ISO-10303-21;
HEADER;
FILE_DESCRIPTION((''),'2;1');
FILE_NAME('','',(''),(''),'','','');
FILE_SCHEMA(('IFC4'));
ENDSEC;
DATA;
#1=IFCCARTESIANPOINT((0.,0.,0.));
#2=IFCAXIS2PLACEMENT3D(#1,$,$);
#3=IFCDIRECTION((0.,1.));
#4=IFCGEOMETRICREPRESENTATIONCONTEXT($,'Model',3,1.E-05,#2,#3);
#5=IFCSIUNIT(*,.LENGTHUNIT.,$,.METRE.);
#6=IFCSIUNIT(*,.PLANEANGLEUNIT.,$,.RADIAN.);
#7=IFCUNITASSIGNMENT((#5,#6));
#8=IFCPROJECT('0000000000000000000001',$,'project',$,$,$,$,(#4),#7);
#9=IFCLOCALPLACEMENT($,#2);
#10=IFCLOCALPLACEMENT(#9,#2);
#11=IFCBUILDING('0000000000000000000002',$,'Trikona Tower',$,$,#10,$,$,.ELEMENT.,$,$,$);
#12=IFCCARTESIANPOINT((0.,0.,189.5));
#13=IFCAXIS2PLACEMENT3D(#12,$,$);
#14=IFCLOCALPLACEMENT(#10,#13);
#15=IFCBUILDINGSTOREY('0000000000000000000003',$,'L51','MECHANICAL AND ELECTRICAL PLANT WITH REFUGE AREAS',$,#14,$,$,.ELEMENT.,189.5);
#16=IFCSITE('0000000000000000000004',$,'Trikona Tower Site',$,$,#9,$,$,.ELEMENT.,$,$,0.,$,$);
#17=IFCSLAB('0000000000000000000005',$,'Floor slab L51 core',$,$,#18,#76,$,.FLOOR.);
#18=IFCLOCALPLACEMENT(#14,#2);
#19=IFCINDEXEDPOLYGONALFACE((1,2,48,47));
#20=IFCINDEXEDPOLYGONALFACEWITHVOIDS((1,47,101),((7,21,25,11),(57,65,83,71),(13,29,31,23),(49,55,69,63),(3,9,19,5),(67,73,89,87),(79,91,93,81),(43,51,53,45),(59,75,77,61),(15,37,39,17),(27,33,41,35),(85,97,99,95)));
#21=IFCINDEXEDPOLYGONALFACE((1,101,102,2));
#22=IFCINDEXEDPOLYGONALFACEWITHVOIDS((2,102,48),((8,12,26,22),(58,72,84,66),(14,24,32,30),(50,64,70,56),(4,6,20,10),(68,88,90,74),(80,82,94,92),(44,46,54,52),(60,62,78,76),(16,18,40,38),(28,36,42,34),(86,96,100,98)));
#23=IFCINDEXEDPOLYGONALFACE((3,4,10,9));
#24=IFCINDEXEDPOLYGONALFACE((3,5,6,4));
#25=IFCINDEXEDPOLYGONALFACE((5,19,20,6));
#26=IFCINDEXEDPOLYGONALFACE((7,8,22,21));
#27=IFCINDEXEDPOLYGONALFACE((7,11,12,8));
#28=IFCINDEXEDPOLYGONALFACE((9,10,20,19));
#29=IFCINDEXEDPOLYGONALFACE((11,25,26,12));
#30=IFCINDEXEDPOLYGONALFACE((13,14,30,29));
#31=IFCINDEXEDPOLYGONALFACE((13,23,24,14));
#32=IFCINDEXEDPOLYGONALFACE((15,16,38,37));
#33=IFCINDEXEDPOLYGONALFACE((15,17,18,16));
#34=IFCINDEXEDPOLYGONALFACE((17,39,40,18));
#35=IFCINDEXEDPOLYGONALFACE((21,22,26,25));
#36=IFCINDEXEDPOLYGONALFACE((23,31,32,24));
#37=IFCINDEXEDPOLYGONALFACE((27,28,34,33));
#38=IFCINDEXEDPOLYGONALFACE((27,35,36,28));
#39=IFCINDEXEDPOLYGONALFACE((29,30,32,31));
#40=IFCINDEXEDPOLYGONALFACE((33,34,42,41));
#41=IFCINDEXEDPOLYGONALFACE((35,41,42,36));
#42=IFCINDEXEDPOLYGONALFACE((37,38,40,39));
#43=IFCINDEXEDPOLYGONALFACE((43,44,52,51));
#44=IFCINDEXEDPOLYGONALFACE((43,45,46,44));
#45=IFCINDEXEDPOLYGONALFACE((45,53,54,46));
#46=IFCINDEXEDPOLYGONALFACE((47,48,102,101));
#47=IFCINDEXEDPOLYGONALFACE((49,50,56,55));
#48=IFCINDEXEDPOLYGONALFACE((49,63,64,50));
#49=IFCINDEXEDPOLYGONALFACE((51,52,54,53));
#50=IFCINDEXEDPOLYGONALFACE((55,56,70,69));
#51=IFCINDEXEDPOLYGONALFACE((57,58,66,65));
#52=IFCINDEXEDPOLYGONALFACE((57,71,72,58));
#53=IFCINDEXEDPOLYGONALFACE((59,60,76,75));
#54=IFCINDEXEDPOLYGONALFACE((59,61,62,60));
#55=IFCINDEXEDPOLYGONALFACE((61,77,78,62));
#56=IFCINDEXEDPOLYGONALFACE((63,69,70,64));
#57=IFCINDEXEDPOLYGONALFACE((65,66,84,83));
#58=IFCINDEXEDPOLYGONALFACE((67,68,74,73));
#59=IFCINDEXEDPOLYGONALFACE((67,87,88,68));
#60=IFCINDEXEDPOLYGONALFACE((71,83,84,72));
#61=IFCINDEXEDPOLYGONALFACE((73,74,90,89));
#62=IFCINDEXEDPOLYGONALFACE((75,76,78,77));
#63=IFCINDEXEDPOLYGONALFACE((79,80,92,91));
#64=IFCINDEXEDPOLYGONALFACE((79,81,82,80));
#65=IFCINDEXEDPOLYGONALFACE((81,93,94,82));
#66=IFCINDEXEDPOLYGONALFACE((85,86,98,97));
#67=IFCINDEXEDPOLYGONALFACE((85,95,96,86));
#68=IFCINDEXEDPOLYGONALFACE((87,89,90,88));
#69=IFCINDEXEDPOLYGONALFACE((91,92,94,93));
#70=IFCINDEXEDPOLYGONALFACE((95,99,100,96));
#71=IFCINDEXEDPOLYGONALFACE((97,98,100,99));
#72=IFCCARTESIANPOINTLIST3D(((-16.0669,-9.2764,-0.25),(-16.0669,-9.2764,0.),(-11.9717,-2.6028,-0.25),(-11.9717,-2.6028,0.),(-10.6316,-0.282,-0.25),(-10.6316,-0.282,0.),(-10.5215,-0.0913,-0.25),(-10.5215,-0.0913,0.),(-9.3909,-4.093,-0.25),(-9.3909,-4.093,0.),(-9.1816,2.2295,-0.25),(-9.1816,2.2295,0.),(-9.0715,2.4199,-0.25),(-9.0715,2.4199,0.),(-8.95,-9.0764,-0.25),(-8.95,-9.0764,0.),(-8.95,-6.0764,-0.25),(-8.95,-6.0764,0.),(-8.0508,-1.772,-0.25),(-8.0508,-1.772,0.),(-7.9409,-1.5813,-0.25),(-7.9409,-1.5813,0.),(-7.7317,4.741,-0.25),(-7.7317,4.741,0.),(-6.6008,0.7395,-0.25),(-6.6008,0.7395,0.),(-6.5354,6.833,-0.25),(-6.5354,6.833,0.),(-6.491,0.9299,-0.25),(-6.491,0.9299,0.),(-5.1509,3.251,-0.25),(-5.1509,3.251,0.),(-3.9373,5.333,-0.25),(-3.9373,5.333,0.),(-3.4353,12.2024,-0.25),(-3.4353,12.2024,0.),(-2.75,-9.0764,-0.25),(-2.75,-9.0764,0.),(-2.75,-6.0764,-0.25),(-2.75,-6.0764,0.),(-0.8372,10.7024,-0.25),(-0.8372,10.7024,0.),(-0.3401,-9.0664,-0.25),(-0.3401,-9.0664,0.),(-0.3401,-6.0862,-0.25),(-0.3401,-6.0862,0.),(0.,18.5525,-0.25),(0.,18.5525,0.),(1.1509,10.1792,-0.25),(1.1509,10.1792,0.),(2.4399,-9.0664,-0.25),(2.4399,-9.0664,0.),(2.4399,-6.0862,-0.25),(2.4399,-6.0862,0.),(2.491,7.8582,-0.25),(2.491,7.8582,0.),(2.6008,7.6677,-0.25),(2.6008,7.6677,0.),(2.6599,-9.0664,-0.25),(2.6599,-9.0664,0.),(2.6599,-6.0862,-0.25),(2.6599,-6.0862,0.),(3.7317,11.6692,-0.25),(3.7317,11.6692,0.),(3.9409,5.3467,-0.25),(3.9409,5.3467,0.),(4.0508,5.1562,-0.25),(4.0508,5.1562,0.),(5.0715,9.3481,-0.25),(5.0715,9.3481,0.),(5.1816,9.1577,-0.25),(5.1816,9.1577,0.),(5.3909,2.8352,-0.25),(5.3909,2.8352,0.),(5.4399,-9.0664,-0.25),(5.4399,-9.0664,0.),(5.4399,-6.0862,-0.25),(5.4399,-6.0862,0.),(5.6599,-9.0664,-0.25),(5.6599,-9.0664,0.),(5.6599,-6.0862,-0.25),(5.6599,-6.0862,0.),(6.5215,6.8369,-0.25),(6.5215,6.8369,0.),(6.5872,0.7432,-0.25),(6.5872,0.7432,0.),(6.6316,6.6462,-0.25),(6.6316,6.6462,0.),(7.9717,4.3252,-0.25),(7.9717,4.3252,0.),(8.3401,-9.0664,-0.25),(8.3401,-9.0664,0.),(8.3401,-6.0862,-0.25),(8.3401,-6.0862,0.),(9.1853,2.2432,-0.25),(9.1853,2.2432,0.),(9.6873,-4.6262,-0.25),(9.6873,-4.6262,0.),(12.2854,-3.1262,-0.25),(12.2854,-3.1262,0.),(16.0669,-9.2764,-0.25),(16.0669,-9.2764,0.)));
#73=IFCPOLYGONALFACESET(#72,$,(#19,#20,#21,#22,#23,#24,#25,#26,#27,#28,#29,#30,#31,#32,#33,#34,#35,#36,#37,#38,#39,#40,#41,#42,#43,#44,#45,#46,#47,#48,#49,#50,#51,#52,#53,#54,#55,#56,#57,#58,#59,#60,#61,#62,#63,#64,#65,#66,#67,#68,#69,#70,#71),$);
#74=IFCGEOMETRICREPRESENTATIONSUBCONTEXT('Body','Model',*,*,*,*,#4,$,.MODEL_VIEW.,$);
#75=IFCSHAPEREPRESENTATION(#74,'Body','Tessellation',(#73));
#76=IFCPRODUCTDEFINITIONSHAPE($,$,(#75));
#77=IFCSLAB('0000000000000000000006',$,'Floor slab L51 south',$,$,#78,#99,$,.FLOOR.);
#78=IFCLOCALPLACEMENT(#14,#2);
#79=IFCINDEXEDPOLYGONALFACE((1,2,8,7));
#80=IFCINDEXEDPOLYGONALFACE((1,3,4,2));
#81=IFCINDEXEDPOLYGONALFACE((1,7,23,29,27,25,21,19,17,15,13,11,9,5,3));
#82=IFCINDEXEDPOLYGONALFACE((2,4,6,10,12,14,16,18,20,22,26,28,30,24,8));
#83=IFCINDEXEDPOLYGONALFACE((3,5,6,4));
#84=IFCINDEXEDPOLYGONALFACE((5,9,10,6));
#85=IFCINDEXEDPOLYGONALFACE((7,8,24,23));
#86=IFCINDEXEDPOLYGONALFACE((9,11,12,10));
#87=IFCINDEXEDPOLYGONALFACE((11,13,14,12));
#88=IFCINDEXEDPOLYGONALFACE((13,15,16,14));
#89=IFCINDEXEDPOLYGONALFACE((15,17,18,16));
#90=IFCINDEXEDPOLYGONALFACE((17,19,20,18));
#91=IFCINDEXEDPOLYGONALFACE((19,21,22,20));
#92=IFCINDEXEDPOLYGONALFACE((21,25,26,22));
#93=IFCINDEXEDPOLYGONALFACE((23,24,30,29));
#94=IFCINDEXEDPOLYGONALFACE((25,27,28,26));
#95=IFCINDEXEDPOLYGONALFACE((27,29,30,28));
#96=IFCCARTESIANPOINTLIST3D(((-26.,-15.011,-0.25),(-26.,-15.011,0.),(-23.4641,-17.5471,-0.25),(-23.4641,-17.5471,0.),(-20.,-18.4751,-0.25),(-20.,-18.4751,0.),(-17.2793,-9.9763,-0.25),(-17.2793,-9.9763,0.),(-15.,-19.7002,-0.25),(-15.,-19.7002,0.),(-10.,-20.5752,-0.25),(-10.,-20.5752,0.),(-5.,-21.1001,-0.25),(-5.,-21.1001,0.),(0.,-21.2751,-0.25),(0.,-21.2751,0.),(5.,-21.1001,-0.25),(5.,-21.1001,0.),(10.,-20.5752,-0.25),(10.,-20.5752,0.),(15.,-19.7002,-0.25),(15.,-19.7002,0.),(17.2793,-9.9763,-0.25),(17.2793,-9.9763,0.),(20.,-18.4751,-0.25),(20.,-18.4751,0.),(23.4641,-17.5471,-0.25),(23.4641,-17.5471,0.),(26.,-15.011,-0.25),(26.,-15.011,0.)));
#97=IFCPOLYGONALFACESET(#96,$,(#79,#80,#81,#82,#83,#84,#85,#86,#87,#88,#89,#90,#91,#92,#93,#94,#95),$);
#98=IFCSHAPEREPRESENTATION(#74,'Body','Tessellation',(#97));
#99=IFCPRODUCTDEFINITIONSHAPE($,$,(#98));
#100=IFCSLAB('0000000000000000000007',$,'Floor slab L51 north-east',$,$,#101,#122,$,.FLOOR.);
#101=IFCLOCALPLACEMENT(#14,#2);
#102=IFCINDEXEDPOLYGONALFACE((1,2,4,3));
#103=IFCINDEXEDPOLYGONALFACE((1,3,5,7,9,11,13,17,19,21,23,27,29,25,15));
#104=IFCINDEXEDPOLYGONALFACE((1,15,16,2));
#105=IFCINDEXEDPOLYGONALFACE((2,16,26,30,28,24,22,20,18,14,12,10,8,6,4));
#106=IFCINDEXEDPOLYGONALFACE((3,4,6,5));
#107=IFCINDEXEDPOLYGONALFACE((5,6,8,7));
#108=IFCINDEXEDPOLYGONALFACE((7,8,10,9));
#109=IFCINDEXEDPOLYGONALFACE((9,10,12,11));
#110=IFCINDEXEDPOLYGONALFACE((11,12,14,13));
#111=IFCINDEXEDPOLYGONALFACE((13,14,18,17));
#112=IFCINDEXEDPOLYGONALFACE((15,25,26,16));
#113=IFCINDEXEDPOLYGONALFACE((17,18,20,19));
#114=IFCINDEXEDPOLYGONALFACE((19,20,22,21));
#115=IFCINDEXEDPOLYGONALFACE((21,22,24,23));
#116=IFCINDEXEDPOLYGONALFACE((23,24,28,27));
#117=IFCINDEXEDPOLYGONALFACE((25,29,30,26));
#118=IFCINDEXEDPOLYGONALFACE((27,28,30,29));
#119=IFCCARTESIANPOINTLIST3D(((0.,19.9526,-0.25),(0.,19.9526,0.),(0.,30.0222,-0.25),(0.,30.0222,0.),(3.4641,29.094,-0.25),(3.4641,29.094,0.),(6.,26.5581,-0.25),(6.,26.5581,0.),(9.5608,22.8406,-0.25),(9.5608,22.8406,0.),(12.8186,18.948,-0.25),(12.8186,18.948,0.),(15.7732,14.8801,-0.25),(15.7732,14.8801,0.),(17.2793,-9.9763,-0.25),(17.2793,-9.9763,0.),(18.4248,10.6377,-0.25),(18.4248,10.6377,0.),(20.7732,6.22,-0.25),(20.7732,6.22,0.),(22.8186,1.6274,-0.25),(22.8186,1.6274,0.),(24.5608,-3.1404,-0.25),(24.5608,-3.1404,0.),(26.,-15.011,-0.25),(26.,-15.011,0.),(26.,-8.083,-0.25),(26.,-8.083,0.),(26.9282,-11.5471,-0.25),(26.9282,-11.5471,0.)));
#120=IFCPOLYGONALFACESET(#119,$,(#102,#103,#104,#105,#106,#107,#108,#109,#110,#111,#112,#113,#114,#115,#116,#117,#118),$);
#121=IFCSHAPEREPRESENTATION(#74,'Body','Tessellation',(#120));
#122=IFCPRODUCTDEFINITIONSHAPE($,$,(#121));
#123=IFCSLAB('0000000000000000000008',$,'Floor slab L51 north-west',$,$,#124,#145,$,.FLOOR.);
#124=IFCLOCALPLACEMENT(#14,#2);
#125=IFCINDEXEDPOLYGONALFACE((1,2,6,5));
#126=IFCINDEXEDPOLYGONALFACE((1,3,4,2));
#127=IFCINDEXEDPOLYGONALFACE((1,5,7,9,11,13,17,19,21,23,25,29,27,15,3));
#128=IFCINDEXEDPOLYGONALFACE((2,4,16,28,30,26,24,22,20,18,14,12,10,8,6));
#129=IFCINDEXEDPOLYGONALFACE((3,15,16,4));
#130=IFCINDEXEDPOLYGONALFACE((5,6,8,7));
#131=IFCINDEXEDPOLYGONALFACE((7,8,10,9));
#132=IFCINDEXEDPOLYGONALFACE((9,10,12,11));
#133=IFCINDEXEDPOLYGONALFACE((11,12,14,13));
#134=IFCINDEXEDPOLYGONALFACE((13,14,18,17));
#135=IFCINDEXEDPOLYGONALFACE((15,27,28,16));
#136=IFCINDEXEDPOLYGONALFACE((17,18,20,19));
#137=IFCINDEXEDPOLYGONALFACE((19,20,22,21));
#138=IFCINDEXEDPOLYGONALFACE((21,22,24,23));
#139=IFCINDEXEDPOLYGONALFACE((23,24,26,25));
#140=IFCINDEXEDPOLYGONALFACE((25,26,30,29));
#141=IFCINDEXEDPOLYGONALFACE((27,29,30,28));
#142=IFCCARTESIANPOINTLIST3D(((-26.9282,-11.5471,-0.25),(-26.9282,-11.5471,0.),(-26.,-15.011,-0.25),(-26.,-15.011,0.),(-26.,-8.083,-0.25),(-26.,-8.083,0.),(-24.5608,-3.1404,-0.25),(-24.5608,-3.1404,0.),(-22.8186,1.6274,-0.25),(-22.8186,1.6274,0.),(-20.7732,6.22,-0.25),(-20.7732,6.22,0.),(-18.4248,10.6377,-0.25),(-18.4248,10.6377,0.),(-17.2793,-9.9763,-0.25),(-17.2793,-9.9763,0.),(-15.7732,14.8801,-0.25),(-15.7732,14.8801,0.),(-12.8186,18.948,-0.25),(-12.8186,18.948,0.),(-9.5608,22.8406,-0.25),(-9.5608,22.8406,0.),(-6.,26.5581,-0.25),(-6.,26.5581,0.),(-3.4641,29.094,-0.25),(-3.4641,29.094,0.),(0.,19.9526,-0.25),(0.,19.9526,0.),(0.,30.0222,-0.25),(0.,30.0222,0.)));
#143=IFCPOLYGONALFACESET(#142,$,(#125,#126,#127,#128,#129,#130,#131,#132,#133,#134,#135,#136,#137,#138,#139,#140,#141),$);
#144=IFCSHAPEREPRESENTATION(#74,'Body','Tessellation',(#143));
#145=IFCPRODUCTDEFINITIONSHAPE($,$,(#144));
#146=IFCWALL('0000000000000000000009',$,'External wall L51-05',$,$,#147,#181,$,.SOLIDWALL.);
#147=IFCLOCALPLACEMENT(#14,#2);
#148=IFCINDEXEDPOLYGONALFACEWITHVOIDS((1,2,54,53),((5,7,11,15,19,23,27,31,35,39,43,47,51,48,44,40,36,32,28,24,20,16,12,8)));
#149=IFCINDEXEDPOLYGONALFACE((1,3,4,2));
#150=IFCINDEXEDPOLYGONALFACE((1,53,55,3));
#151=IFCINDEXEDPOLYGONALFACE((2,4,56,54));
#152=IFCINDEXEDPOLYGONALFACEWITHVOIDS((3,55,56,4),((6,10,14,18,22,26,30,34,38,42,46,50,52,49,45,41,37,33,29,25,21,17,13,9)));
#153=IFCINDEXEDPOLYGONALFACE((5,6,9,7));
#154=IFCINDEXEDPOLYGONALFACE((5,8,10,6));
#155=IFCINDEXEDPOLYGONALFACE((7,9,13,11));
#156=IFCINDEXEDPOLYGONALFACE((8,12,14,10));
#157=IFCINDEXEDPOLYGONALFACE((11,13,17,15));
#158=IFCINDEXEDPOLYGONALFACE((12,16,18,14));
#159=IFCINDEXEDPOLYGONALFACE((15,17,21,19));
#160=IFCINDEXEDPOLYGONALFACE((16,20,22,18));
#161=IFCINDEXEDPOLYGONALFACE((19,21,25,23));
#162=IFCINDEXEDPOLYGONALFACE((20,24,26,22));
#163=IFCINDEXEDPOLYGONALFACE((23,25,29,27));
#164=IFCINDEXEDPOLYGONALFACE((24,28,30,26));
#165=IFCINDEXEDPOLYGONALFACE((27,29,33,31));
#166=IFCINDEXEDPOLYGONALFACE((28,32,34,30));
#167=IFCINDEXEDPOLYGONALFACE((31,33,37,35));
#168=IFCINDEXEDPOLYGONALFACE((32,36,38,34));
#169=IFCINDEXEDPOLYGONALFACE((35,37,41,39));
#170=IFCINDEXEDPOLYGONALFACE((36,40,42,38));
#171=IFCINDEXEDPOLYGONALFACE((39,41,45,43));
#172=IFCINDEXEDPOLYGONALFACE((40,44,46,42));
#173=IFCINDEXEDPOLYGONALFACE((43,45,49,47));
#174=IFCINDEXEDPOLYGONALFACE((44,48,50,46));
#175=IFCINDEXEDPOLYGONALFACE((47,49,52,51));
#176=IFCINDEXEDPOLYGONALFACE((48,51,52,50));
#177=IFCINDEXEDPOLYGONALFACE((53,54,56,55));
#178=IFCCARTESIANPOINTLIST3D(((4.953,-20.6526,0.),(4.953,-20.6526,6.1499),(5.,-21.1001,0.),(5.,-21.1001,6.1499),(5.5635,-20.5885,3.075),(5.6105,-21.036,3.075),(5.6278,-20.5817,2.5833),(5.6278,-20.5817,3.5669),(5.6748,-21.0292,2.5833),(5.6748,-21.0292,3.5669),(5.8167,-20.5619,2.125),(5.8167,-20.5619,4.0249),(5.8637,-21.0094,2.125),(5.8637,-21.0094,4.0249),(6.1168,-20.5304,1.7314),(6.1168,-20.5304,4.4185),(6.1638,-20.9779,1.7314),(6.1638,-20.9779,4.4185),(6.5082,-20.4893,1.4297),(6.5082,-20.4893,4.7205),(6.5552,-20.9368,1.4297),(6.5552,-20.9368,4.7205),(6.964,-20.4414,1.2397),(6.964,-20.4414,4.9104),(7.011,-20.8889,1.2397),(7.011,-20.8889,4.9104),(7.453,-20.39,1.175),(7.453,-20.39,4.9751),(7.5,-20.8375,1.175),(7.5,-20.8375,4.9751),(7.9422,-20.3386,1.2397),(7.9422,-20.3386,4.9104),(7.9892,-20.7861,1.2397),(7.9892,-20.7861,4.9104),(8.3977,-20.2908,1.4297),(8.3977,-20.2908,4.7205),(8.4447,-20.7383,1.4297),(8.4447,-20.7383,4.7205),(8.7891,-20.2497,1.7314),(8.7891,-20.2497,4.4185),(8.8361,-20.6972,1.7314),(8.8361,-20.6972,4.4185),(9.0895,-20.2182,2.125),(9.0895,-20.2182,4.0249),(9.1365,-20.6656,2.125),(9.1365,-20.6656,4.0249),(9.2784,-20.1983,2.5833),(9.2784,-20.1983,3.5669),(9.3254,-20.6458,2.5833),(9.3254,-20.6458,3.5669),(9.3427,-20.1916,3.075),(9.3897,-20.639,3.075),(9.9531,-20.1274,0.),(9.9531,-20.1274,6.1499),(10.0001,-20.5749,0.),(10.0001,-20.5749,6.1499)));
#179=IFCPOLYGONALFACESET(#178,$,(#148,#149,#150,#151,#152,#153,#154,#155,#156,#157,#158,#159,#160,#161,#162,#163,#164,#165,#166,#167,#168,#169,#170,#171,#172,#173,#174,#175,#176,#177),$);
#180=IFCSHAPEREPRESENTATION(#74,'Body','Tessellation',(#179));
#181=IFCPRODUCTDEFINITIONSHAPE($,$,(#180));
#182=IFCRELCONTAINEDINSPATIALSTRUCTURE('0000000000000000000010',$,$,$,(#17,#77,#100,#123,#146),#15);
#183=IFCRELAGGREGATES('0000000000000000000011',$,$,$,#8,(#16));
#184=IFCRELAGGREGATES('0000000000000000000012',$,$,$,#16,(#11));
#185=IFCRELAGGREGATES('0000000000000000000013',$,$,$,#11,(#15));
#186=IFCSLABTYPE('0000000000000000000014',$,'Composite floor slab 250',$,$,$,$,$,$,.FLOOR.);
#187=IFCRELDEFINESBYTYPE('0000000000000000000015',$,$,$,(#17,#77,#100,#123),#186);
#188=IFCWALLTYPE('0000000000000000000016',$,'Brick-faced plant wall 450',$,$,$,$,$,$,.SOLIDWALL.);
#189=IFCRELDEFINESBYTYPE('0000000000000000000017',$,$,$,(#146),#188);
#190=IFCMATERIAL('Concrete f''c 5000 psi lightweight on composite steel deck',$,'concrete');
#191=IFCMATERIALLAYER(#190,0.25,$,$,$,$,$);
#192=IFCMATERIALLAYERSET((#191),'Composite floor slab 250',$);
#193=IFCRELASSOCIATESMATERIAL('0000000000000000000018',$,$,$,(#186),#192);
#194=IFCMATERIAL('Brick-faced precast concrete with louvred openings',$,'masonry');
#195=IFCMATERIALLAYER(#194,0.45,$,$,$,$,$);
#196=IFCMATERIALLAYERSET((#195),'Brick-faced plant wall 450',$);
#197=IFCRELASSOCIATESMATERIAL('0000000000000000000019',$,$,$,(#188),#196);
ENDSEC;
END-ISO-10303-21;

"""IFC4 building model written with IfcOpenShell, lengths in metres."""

from ifc_helpers import new_model, si_unit, direction, frame, origin, place, context, subcontext, project, spatial, polyline, outline, extrude, material, layer, layer_set, type_object, element, save


model = new_model("IFC4")

# Units and contexts
model_context = context("Model", 3, precision=1e-05, world=origin(), true_north=direction((0.0, 1.0)))
body_context = subcontext(model_context, "Body", "Model", "MODEL_VIEW")
ifc_project = project(units=[si_unit("LENGTHUNIT", "METRE"), si_unit("PLANEANGLEUNIT", "RADIAN")], contexts=[model_context])

# Site, building, storey
site_placement = place(None, origin())
site = spatial("IfcSite", under=ifc_project, at=site_placement, Name="Trikona Tower Site", CompositionType="ELEMENT", RefElevation=0.0)
building_placement = place(site_placement, origin())
building = spatial("IfcBuilding", under=site, at=building_placement, Name="Trikona Tower", CompositionType="ELEMENT")
storey_placement = place(building_placement, frame((0.0, 0.0, 189.5)))
storey = spatial("IfcBuildingStorey", under=building, at=storey_placement, Name="L51", Description="MECHANICAL AND ELECTRICAL PLANT WITH REFUGE AREAS", CompositionType="ELEMENT", Elevation=189.5)

# Slabs
ifc_material_1 = material(Name="Concrete f'c 5000 psi lightweight on composite steel deck", Category="concrete")
ifc_layer_1 = layer(ifc_material_1, 0.25)
ifc_layer_set_1 = layer_set([ifc_layer_1], Name="Composite floor slab 250")
slab_type = type_object("IfcSlabType", Name="Composite floor slab 250", PredefinedType="FLOOR", material=ifc_layer_set_1)
slab_1_placement = place(storey_placement, frame((0.0, 0.0, -0.25)))
element("IfcSlab", 1, at=slab_1_placement, inside=storey, type_object=slab_type, Name="Floor slab L51 core", PredefinedType="FLOOR", context=body_context, shape_type="SweptSolid", body=[
    extrude(outline(polyline([(-16.0669, -9.2764), (16.0669, -9.2764), (0.0, 18.5525), (-16.0669, -9.2764)]), holes=[polyline([(12.2854, -3.1262), (9.1853, 2.2432), (6.5872, 0.7432), (9.6873, -4.6262), (12.2854, -3.1262)]), polyline([(8.3401, -9.0664), (8.3401, -6.0862), (5.6599, -6.0862), (5.6599, -9.0664), (8.3401, -9.0664)]), polyline([(5.3909, 2.8352), (7.9717, 4.3252), (6.6316, 6.6462), (4.0508, 5.1562), (5.3909, 2.8352)]), polyline([(2.6008, 7.6677), (3.9409, 5.3467), (6.5215, 6.8369), (5.1816, 9.1577), (2.6008, 7.6677)]), polyline([(5.4399, -6.0862), (2.6599, -6.0862), (2.6599, -9.0664), (5.4399, -9.0664), (5.4399, -6.0862)]), polyline([(3.7317, 11.6692), (1.1509, 10.1792), (2.491, 7.8582), (5.0715, 9.3481), (3.7317, 11.6692)]), polyline([(-0.3401, -6.0862), (-0.3401, -9.0664), (2.4399, -9.0664), (2.4399, -6.0862), (-0.3401, -6.0862)]), polyline([(-3.4353, 12.2024), (-6.5354, 6.833), (-3.9373, 5.333), (-0.8372, 10.7024), (-3.4353, 12.2024)]), polyline([(-8.95, -9.0764), (-2.75, -9.0764), (-2.75, -6.0764), (-8.95, -6.0764), (-8.95, -9.0764)]), polyline([(-5.1509, 3.251), (-7.7317, 4.741), (-9.0715, 2.4199), (-6.491, 0.9299), (-5.1509, 3.251)]), polyline([(-7.9409, -1.5813), (-6.6008, 0.7395), (-9.1816, 2.2295), (-10.5215, -0.0913), (-7.9409, -1.5813)]), polyline([(-11.9717, -2.6028), (-9.3909, -4.093), (-8.0508, -1.772), (-10.6316, -0.282), (-11.9717, -2.6028)])]), origin(), (0.0, 0.0, 1.0), 0.25),
])
slab_2_placement = place(storey_placement, frame((0.0, 0.0, -0.25)))
element("IfcSlab", 2, at=slab_2_placement, inside=storey, type_object=slab_type, Name="Floor slab L51 south", PredefinedType="FLOOR", context=body_context, shape_type="SweptSolid", body=[
    extrude(outline(polyline([(23.4641, -17.5471), (26.0, -15.011), (17.2793, -9.9763), (-17.2793, -9.9763), (-26.0, -15.011), (-23.4641, -17.5471), (-20.0, -18.4751), (-15.0, -19.7002), (-10.0, -20.5752), (-5.0, -21.1001), (0.0, -21.2751), (5.0, -21.1001), (10.0, -20.5752), (15.0, -19.7002), (20.0, -18.4751), (23.4641, -17.5471)])), origin(), (0.0, 0.0, 1.0), 0.25),
])
slab_3_placement = place(storey_placement, frame((0.0, 0.0, -0.25)))
element("IfcSlab", 3, at=slab_3_placement, inside=storey, type_object=slab_type, Name="Floor slab L51 north-east", PredefinedType="FLOOR", context=body_context, shape_type="SweptSolid", body=[
    extrude(outline(polyline([(3.4641, 29.094), (0.0, 30.0222), (0.0, 19.9526), (17.2793, -9.9763), (26.0, -15.011), (26.9282, -11.5471), (26.0, -8.083), (24.5608, -3.1404), (22.8186, 1.6274), (20.7732, 6.22), (18.4248, 10.6377), (15.7732, 14.8801), (12.8186, 18.948), (9.5608, 22.8406), (6.0, 26.5581), (3.4641, 29.094)])), origin(), (0.0, 0.0, 1.0), 0.25),
])
slab_4_placement = place(storey_placement, frame((0.0, 0.0, -0.25)))
element("IfcSlab", 4, at=slab_4_placement, inside=storey, type_object=slab_type, Name="Floor slab L51 north-west", PredefinedType="FLOOR", context=body_context, shape_type="SweptSolid", body=[
    extrude(outline(polyline([(0.0, 19.9526), (0.0, 30.0222), (-3.4641, 29.094), (-6.0, 26.5581), (-9.5608, 22.8406), (-12.8186, 18.948), (-15.7732, 14.8801), (-18.4248, 10.6377), (-20.7732, 6.22), (-22.8186, 1.6274), (-24.5608, -3.1404), (-26.0, -8.083), (-26.9282, -11.5471), (-26.0, -15.011), (-17.2793, -9.9763), (0.0, 19.9526)])), origin(), (0.0, 0.0, 1.0), 0.25),
])

# Wall
ifc_material_2 = material(Name="Brick-faced precast concrete with louvred openings", Category="masonry")
ifc_layer_2 = layer(ifc_material_2, 0.45)
ifc_layer_set_2 = layer_set([ifc_layer_2], Name="Brick-faced plant wall 450")
wall_type_1 = type_object("IfcWallType", Name="Brick-faced plant wall 450", PredefinedType="SOLIDWALL", material=ifc_layer_set_2)
wall_1_placement = place(storey_placement, frame((4.9766, -20.8765, 0.0), z_axis=(0.0, 0.0, 1.0), x_axis=(0.99453, 0.104455, 0.0)))
element("IfcWall", 5, at=wall_1_placement, inside=storey, type_object=wall_type_1, Name="External wall L51-05", PredefinedType="SOLIDWALL", context=body_context, shape_type="SweptSolid", body=[
    extrude(outline(polyline([(0.0, 0.0), (5.0276, 0.0), (5.0276, 6.1499), (0.0, 6.1499), (0.0, 0.0)]), holes=[polyline([(4.4138, 3.075), (4.3491, 3.5669), (4.1592, 4.0249), (3.8572, 4.4185), (3.4636, 4.7205), (3.0056, 4.9104), (2.5137, 4.9751), (2.022, 4.9104), (1.5637, 4.7205), (1.1702, 4.4185), (0.8684, 4.0249), (0.6785, 3.5669), (0.6138, 3.075), (0.6785, 2.5833), (0.8684, 2.125), (1.1702, 1.7314), (1.5637, 1.4297), (2.022, 1.2397), (2.5137, 1.175), (3.0056, 1.2397), (3.4636, 1.4297), (3.8572, 1.7314), (4.1592, 2.125), (4.3491, 2.5833), (4.4138, 3.075)])]), frame((0.0, 0.2251, 0.0), z_axis=(0.0, -1.0, 0.0), x_axis=(1.0, 0.0, 0.0)), (0.0, 0.0, 1.0), 0.45),
])

save(model, "model.ifc")
